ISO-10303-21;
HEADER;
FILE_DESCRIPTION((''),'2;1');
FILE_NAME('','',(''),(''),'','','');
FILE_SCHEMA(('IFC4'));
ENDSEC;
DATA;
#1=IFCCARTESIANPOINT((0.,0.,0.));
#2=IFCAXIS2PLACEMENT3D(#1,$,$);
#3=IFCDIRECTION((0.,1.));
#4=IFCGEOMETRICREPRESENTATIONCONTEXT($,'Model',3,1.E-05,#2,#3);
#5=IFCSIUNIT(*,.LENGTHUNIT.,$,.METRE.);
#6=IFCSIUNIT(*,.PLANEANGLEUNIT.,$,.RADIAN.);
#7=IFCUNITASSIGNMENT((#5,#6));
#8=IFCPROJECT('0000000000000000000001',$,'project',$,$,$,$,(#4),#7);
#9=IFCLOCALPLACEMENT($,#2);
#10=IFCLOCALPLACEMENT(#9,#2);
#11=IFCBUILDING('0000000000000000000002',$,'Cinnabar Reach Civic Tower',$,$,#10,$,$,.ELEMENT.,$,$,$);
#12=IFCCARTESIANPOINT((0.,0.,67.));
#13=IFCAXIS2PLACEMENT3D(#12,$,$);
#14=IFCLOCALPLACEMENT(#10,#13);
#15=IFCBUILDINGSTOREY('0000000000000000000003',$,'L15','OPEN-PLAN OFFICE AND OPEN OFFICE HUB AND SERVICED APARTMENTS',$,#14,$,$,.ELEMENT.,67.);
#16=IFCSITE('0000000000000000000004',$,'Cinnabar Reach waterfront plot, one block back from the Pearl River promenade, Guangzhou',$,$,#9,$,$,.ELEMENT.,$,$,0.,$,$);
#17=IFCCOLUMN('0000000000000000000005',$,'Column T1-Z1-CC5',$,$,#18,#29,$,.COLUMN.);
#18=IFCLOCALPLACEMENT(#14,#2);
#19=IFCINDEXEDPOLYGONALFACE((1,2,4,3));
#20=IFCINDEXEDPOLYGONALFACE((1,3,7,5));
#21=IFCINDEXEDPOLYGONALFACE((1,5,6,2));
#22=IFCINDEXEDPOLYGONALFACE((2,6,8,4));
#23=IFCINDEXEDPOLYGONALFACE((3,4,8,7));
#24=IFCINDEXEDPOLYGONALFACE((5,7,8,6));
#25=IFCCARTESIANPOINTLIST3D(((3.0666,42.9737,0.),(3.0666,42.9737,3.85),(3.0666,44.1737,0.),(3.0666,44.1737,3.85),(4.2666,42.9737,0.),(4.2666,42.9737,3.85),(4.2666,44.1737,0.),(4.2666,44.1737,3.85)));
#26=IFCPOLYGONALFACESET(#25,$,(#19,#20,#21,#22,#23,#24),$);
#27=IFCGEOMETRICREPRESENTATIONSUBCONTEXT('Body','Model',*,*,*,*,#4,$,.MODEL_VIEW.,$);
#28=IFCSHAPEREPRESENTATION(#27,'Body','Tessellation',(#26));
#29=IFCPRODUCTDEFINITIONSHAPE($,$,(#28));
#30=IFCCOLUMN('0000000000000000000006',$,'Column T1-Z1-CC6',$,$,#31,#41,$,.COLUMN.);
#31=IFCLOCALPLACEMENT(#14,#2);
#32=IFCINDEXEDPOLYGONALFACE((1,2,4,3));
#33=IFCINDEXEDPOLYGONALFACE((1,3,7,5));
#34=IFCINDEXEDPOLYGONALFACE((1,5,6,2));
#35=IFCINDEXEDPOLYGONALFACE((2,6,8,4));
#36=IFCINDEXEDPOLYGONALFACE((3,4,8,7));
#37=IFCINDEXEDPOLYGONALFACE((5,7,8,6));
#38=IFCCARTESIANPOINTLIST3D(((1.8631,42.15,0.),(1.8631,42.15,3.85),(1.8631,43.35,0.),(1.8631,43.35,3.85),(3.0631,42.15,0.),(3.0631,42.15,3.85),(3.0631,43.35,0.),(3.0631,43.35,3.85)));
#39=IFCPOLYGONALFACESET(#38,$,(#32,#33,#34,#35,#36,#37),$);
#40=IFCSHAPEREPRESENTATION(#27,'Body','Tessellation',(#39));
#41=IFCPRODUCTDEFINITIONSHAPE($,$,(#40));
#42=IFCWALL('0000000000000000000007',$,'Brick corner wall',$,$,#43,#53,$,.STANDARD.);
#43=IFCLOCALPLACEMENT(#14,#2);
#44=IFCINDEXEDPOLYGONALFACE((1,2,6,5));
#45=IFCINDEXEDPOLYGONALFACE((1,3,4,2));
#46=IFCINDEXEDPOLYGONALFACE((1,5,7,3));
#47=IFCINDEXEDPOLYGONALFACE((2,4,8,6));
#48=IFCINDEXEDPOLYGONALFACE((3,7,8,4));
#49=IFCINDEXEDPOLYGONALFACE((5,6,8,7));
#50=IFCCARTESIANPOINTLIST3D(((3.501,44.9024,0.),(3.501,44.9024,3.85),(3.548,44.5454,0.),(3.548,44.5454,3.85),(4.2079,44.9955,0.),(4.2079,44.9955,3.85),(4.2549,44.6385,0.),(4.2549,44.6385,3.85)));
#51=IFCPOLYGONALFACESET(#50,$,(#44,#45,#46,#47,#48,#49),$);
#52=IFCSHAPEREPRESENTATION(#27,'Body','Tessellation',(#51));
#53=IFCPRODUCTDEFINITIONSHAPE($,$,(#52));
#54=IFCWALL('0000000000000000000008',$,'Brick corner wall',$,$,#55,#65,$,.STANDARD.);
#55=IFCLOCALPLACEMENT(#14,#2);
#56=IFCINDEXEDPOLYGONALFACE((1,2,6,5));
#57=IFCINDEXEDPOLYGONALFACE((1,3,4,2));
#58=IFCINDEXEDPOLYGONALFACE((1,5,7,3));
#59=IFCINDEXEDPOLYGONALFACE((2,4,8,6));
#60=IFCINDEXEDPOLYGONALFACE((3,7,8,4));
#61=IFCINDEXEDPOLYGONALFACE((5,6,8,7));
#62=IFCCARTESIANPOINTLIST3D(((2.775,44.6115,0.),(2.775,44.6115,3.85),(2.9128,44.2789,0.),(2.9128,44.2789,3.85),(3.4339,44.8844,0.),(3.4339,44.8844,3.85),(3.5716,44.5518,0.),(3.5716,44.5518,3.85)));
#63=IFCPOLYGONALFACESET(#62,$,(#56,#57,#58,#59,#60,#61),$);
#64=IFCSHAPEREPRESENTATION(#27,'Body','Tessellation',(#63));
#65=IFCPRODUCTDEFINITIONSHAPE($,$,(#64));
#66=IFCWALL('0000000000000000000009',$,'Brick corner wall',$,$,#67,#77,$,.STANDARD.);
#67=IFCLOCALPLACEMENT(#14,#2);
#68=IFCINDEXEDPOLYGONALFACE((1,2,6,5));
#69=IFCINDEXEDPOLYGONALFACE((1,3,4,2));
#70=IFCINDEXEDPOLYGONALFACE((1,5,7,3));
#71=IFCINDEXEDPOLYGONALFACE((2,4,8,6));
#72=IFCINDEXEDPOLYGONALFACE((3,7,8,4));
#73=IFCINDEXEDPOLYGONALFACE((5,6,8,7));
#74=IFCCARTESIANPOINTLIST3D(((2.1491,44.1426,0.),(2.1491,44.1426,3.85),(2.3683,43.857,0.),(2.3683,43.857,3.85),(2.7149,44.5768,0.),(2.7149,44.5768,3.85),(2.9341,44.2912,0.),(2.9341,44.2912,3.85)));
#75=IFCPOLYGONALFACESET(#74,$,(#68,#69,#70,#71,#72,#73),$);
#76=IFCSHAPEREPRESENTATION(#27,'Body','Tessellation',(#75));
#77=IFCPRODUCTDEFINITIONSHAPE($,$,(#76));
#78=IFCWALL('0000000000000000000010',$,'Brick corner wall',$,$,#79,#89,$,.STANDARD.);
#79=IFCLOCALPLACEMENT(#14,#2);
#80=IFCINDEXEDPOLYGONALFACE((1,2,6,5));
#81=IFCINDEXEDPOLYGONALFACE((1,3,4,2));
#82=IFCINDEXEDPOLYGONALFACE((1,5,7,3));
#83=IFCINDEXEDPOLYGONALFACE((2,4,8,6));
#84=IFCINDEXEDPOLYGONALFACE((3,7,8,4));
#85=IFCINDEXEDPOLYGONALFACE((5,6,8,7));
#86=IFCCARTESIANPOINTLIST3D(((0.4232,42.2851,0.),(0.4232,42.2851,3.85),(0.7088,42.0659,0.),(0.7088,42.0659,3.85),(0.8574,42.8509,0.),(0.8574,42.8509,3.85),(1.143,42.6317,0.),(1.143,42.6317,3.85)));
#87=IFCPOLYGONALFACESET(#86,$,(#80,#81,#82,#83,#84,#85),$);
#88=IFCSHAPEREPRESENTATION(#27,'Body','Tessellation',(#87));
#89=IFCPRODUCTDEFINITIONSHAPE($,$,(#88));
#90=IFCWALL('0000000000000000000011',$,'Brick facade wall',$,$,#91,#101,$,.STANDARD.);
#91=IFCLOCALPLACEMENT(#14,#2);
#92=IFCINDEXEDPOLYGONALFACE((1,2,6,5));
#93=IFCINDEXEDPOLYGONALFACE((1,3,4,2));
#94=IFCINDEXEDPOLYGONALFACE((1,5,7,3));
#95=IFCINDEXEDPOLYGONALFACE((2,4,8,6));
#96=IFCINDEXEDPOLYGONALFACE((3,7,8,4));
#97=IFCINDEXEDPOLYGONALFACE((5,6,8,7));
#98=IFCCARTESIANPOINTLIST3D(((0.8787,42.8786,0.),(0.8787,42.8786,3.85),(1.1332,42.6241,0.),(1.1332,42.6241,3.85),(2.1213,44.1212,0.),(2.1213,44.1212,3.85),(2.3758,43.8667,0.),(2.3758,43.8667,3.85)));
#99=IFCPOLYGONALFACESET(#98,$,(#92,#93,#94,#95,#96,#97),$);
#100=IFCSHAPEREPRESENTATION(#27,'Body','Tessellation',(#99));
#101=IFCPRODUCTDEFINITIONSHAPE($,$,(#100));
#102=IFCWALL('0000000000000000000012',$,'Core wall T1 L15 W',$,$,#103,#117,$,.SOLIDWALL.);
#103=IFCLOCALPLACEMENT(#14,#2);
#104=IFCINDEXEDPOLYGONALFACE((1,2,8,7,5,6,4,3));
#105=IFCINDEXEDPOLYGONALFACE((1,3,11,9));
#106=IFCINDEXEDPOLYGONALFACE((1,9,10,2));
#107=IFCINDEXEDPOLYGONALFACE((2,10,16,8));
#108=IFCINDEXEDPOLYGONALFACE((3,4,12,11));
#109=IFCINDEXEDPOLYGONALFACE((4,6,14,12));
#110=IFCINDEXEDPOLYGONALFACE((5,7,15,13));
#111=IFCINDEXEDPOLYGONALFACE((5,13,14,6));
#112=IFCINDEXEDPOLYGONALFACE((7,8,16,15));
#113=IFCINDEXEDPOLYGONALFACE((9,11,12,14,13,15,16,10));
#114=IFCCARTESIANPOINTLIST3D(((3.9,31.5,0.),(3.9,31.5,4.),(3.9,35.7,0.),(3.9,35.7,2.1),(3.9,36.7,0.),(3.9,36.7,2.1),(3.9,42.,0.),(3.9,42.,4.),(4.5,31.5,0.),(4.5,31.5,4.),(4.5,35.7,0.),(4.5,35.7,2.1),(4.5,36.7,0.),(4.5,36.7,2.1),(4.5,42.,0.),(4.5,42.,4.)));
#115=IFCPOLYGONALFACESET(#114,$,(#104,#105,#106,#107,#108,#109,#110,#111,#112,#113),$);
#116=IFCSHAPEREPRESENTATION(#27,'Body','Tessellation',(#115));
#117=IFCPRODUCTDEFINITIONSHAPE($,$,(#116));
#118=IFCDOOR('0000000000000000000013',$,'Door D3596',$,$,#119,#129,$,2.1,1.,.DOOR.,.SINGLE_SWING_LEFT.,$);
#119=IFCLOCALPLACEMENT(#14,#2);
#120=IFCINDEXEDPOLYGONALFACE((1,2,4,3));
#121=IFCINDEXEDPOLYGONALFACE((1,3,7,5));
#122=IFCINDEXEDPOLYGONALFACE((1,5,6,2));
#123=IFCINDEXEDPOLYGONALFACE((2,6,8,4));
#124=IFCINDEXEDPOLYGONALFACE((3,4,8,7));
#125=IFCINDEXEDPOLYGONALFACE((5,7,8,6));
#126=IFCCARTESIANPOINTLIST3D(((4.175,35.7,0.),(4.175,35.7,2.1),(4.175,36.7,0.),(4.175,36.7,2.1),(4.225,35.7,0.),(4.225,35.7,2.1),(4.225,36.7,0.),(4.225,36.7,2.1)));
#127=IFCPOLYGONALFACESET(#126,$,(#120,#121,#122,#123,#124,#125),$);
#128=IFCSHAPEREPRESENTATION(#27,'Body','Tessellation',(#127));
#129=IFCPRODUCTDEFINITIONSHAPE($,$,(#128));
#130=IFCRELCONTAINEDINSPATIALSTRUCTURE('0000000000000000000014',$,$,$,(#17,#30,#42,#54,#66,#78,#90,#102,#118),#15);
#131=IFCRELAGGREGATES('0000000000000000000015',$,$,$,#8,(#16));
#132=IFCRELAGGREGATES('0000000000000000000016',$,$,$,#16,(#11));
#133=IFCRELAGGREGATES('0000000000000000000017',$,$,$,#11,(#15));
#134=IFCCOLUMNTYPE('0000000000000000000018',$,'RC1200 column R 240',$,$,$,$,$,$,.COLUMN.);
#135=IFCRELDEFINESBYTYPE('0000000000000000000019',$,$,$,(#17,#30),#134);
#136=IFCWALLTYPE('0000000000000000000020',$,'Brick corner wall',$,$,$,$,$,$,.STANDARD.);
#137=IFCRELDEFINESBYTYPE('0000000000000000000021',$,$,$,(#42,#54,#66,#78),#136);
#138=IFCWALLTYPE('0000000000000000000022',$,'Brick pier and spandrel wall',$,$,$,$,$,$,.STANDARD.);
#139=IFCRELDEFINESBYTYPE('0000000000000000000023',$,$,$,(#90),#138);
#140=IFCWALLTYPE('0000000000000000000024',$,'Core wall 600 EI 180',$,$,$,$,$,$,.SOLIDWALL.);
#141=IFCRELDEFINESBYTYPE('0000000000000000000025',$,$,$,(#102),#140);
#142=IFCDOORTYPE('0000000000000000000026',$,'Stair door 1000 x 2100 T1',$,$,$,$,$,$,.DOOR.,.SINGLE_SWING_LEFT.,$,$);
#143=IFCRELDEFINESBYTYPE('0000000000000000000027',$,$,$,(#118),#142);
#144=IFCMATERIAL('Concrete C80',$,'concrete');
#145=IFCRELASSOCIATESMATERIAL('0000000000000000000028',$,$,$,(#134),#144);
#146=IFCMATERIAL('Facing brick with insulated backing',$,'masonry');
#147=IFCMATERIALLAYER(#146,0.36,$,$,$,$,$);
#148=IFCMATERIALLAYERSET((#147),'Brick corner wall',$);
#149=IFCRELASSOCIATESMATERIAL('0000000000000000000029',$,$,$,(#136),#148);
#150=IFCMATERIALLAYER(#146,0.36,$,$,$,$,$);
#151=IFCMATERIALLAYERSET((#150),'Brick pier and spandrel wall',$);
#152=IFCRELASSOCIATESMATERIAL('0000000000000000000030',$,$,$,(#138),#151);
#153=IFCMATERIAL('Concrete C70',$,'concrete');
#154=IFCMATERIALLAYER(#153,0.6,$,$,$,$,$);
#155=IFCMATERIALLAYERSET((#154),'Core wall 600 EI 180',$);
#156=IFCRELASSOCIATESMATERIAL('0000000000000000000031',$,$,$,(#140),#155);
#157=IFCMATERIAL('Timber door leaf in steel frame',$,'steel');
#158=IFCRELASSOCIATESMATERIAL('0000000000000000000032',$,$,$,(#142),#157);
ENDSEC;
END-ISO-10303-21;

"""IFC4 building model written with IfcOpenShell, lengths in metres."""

from ifc_helpers import new_model, si_unit, direction, frame, frame_2d, origin, origin_2d, place, context, subcontext, project, spatial, rectangle, extrude, material, layer, layer_set, material_profile, profile_set, type_object, element, fill, save


model = new_model("IFC4")

# Units and contexts
model_context = context("Model", 3, precision=1e-05, world=origin(), true_north=direction((0.0, 1.0)))
body_context = subcontext(model_context, "Body", "Model", "MODEL_VIEW")
ifc_project = project(units=[si_unit("LENGTHUNIT", "METRE"), si_unit("PLANEANGLEUNIT", "RADIAN")], contexts=[model_context])

# Site, building, storey
site_placement = place(None, origin())
site = spatial("IfcSite", under=ifc_project, at=site_placement, Name="Cinnabar Reach waterfront plot, one block back from the Pearl River promenade, Guangzhou", CompositionType="ELEMENT", RefElevation=0.0)
building_placement = place(site_placement, origin())
building = spatial("IfcBuilding", under=site, at=building_placement, Name="Cinnabar Reach Civic Tower", CompositionType="ELEMENT")
storey_placement = place(building_placement, frame((0.0, 0.0, 67.0)))
storey = spatial("IfcBuildingStorey", under=building, at=storey_placement, Name="L15", Description="OPEN-PLAN OFFICE AND OPEN OFFICE HUB AND SERVICED APARTMENTS", CompositionType="ELEMENT", Elevation=67.0)

# Columns
ifc_material_1 = material(Name="Concrete C80", Category="concrete")
ifc_material_profile = material_profile(ifc_material_1, rectangle(XDim=1.2, YDim=1.2, at=origin_2d()), Name="RC1200")
ifc_profile_set = profile_set([ifc_material_profile], Name="Concrete C80")
column_type = type_object("IfcColumnType", Name="RC1200 column R 240", PredefinedType="COLUMN", material=ifc_profile_set)
for number, where, z_axis, x_axis, name in (
    (1, (3.6666, 43.5737, 0.0), (0.0, 0.0, 1.0), (1.0, 0.0, 0.0), "Column T1-Z1-CC5"),
    (2, (2.4631, 42.75, 0.0), (0.0, 0.0, 1.0), (1.0, 0.0, 0.0), "Column T1-Z1-CC6"),
):
    element("IfcColumn", number, at=place(storey_placement, frame(where, z_axis=z_axis, x_axis=x_axis)), inside=storey, type_object=column_type, Name=name, PredefinedType="COLUMN", context=body_context, shape_type="SweptSolid", body=[
        extrude(rectangle(XDim=1.2, YDim=1.2, at=origin_2d()), origin(), (0.0, 0.0, 1.0), 3.85),
    ])

# Walls
ifc_material_2 = material(Name="Facing brick with insulated backing", Category="masonry")
ifc_layer_1 = layer(ifc_material_2, 0.36)
ifc_layer_set_1 = layer_set([ifc_layer_1], Name="Brick corner wall")
wall_type_1 = type_object("IfcWallType", Name="Brick corner wall", PredefinedType="STANDARD", material=ifc_layer_set_1)
for number, where, z_axis, x_axis, name in (
    (3, (4.2314, 44.817, 0.0), (0.0, 0.0, 1.0), (-0.991441, -0.130556, 0.0), "Brick corner wall"),
    (4, (3.5027, 44.7181, 0.0), (0.0, 0.0, 1.0), (-0.923872, -0.382703, 0.0), "Brick corner wall"),
):
    element("IfcWall", number, at=place(storey_placement, frame(where, z_axis=z_axis, x_axis=x_axis)), inside=storey, type_object=wall_type_1, Name=name, PredefinedType="STANDARD", context=body_context, shape_type="SweptSolid", body=[
        extrude(rectangle(XDim=0.7131, YDim=0.36, at=frame_2d((0.3565, 0.0))), origin(), (0.0, 0.0, 1.0), 3.85),
    ])
for number, where, z_axis, x_axis, name in (
    (5, (2.8245, 44.434, 0.0), (0.0, 0.0, 1.0), (-0.793322, -0.608802, 0.0), "Brick corner wall"),
    (6, (1.0002, 42.7413, 0.0), (0.0, 0.0, 1.0), (-0.608802, -0.793322, 0.0), "Brick corner wall"),
):
    element("IfcWall", number, at=place(storey_placement, frame(where, z_axis=z_axis, x_axis=x_axis)), inside=storey, type_object=wall_type_1, Name=name, PredefinedType="STANDARD", context=body_context, shape_type="SweptSolid", body=[
        extrude(rectangle(XDim=0.7132, YDim=0.36, at=frame_2d((0.3566, 0.0))), origin(), (0.0, 0.0, 1.0), 3.85),
    ])
ifc_layer_2 = layer(ifc_material_2, 0.36)
ifc_layer_set_2 = layer_set([ifc_layer_2], Name="Brick pier and spandrel wall")
wall_type_2 = type_object("IfcWallType", Name="Brick pier and spandrel wall", PredefinedType="STANDARD", material=ifc_layer_set_2)
wall_1_placement = place(storey_placement, frame((2.2486, 43.994, 0.0), z_axis=(0.0, 0.0, 1.0), x_axis=(-0.707107, -0.707107, 0.0)))
element("IfcWall", 7, at=wall_1_placement, inside=storey, type_object=wall_type_2, Name="Brick facade wall", PredefinedType="STANDARD", context=body_context, shape_type="SweptSolid", body=[
    extrude(rectangle(XDim=1.7573, YDim=0.36, at=frame_2d((0.8787, 0.0))), origin(), (0.0, 0.0, 1.0), 3.85),
])

# Wall, opening, door
ifc_material_3 = material(Name="Concrete C70", Category="concrete")
ifc_layer_3 = layer(ifc_material_3, 0.6)
ifc_layer_set_3 = layer_set([ifc_layer_3], Name="Core wall 600 EI 180")
wall_type_3 = type_object("IfcWallType", Name="Core wall 600 EI 180", PredefinedType="SOLIDWALL", material=ifc_layer_set_3)
wall_2_placement = place(storey_placement, frame((4.2, 42.0, 0.0), z_axis=(0.0, 0.0, 1.0), x_axis=(0.0, -1.0, 0.0)))
wall_2 = element("IfcWall", 8, at=wall_2_placement, inside=storey, type_object=wall_type_3, Name="Core wall T1 L15 W", PredefinedType="SOLIDWALL", context=body_context, shape_type="SweptSolid", body=[
    extrude(rectangle(XDim=10.5, YDim=0.6, at=frame_2d((5.25, 0.0))), origin(), (0.0, 0.0, 1.0), 4.0),
])
opening_1_placement = place(wall_2_placement, frame((5.3, 0.0, 0.0)))
opening_1 = element("IfcOpeningElement", 9, at=opening_1_placement, cuts=wall_2, PredefinedType="OPENING", context=body_context, shape_type="SweptSolid", body=[
    extrude(rectangle(XDim=1.0, YDim=2.1, at=frame_2d((0.5, 1.05))), frame((0.0, 0.31, 0.0), z_axis=(0.0, -1.0, 0.0), x_axis=(1.0, 0.0, 0.0)), (0.0, 0.0, 1.0), 0.62),
])
ifc_material_4 = material(Name="Timber door leaf in steel frame", Category="steel")
door_type_1 = type_object("IfcDoorType", Name="Stair door 1000 x 2100 T1", OperationType="SINGLE_SWING_LEFT", PredefinedType="DOOR", material=ifc_material_4)
door_1_placement = place(opening_1_placement, frame((1.0, 0.0, 0.0), z_axis=(0.0, 0.0, 1.0), x_axis=(-1.0, 0.0, 0.0)))
door_1 = element("IfcDoor", 10, at=door_1_placement, inside=storey, type_object=door_type_1, Name="Door D3596", OperationType="SINGLE_SWING_LEFT", OverallHeight=2.1, OverallWidth=1.0, PredefinedType="DOOR", context=body_context, shape_type="SweptSolid", body=[
    extrude(rectangle(XDim=1.0, YDim=2.1, at=frame_2d((0.5, 1.05))), frame((0.0, 0.025, 0.0), z_axis=(0.0, -1.0, 0.0), x_axis=(1.0, 0.0, 0.0)), (0.0, 0.0, 1.0), 0.05),
])
fill(opening_1, door_1)

save(model, "model.ifc")
